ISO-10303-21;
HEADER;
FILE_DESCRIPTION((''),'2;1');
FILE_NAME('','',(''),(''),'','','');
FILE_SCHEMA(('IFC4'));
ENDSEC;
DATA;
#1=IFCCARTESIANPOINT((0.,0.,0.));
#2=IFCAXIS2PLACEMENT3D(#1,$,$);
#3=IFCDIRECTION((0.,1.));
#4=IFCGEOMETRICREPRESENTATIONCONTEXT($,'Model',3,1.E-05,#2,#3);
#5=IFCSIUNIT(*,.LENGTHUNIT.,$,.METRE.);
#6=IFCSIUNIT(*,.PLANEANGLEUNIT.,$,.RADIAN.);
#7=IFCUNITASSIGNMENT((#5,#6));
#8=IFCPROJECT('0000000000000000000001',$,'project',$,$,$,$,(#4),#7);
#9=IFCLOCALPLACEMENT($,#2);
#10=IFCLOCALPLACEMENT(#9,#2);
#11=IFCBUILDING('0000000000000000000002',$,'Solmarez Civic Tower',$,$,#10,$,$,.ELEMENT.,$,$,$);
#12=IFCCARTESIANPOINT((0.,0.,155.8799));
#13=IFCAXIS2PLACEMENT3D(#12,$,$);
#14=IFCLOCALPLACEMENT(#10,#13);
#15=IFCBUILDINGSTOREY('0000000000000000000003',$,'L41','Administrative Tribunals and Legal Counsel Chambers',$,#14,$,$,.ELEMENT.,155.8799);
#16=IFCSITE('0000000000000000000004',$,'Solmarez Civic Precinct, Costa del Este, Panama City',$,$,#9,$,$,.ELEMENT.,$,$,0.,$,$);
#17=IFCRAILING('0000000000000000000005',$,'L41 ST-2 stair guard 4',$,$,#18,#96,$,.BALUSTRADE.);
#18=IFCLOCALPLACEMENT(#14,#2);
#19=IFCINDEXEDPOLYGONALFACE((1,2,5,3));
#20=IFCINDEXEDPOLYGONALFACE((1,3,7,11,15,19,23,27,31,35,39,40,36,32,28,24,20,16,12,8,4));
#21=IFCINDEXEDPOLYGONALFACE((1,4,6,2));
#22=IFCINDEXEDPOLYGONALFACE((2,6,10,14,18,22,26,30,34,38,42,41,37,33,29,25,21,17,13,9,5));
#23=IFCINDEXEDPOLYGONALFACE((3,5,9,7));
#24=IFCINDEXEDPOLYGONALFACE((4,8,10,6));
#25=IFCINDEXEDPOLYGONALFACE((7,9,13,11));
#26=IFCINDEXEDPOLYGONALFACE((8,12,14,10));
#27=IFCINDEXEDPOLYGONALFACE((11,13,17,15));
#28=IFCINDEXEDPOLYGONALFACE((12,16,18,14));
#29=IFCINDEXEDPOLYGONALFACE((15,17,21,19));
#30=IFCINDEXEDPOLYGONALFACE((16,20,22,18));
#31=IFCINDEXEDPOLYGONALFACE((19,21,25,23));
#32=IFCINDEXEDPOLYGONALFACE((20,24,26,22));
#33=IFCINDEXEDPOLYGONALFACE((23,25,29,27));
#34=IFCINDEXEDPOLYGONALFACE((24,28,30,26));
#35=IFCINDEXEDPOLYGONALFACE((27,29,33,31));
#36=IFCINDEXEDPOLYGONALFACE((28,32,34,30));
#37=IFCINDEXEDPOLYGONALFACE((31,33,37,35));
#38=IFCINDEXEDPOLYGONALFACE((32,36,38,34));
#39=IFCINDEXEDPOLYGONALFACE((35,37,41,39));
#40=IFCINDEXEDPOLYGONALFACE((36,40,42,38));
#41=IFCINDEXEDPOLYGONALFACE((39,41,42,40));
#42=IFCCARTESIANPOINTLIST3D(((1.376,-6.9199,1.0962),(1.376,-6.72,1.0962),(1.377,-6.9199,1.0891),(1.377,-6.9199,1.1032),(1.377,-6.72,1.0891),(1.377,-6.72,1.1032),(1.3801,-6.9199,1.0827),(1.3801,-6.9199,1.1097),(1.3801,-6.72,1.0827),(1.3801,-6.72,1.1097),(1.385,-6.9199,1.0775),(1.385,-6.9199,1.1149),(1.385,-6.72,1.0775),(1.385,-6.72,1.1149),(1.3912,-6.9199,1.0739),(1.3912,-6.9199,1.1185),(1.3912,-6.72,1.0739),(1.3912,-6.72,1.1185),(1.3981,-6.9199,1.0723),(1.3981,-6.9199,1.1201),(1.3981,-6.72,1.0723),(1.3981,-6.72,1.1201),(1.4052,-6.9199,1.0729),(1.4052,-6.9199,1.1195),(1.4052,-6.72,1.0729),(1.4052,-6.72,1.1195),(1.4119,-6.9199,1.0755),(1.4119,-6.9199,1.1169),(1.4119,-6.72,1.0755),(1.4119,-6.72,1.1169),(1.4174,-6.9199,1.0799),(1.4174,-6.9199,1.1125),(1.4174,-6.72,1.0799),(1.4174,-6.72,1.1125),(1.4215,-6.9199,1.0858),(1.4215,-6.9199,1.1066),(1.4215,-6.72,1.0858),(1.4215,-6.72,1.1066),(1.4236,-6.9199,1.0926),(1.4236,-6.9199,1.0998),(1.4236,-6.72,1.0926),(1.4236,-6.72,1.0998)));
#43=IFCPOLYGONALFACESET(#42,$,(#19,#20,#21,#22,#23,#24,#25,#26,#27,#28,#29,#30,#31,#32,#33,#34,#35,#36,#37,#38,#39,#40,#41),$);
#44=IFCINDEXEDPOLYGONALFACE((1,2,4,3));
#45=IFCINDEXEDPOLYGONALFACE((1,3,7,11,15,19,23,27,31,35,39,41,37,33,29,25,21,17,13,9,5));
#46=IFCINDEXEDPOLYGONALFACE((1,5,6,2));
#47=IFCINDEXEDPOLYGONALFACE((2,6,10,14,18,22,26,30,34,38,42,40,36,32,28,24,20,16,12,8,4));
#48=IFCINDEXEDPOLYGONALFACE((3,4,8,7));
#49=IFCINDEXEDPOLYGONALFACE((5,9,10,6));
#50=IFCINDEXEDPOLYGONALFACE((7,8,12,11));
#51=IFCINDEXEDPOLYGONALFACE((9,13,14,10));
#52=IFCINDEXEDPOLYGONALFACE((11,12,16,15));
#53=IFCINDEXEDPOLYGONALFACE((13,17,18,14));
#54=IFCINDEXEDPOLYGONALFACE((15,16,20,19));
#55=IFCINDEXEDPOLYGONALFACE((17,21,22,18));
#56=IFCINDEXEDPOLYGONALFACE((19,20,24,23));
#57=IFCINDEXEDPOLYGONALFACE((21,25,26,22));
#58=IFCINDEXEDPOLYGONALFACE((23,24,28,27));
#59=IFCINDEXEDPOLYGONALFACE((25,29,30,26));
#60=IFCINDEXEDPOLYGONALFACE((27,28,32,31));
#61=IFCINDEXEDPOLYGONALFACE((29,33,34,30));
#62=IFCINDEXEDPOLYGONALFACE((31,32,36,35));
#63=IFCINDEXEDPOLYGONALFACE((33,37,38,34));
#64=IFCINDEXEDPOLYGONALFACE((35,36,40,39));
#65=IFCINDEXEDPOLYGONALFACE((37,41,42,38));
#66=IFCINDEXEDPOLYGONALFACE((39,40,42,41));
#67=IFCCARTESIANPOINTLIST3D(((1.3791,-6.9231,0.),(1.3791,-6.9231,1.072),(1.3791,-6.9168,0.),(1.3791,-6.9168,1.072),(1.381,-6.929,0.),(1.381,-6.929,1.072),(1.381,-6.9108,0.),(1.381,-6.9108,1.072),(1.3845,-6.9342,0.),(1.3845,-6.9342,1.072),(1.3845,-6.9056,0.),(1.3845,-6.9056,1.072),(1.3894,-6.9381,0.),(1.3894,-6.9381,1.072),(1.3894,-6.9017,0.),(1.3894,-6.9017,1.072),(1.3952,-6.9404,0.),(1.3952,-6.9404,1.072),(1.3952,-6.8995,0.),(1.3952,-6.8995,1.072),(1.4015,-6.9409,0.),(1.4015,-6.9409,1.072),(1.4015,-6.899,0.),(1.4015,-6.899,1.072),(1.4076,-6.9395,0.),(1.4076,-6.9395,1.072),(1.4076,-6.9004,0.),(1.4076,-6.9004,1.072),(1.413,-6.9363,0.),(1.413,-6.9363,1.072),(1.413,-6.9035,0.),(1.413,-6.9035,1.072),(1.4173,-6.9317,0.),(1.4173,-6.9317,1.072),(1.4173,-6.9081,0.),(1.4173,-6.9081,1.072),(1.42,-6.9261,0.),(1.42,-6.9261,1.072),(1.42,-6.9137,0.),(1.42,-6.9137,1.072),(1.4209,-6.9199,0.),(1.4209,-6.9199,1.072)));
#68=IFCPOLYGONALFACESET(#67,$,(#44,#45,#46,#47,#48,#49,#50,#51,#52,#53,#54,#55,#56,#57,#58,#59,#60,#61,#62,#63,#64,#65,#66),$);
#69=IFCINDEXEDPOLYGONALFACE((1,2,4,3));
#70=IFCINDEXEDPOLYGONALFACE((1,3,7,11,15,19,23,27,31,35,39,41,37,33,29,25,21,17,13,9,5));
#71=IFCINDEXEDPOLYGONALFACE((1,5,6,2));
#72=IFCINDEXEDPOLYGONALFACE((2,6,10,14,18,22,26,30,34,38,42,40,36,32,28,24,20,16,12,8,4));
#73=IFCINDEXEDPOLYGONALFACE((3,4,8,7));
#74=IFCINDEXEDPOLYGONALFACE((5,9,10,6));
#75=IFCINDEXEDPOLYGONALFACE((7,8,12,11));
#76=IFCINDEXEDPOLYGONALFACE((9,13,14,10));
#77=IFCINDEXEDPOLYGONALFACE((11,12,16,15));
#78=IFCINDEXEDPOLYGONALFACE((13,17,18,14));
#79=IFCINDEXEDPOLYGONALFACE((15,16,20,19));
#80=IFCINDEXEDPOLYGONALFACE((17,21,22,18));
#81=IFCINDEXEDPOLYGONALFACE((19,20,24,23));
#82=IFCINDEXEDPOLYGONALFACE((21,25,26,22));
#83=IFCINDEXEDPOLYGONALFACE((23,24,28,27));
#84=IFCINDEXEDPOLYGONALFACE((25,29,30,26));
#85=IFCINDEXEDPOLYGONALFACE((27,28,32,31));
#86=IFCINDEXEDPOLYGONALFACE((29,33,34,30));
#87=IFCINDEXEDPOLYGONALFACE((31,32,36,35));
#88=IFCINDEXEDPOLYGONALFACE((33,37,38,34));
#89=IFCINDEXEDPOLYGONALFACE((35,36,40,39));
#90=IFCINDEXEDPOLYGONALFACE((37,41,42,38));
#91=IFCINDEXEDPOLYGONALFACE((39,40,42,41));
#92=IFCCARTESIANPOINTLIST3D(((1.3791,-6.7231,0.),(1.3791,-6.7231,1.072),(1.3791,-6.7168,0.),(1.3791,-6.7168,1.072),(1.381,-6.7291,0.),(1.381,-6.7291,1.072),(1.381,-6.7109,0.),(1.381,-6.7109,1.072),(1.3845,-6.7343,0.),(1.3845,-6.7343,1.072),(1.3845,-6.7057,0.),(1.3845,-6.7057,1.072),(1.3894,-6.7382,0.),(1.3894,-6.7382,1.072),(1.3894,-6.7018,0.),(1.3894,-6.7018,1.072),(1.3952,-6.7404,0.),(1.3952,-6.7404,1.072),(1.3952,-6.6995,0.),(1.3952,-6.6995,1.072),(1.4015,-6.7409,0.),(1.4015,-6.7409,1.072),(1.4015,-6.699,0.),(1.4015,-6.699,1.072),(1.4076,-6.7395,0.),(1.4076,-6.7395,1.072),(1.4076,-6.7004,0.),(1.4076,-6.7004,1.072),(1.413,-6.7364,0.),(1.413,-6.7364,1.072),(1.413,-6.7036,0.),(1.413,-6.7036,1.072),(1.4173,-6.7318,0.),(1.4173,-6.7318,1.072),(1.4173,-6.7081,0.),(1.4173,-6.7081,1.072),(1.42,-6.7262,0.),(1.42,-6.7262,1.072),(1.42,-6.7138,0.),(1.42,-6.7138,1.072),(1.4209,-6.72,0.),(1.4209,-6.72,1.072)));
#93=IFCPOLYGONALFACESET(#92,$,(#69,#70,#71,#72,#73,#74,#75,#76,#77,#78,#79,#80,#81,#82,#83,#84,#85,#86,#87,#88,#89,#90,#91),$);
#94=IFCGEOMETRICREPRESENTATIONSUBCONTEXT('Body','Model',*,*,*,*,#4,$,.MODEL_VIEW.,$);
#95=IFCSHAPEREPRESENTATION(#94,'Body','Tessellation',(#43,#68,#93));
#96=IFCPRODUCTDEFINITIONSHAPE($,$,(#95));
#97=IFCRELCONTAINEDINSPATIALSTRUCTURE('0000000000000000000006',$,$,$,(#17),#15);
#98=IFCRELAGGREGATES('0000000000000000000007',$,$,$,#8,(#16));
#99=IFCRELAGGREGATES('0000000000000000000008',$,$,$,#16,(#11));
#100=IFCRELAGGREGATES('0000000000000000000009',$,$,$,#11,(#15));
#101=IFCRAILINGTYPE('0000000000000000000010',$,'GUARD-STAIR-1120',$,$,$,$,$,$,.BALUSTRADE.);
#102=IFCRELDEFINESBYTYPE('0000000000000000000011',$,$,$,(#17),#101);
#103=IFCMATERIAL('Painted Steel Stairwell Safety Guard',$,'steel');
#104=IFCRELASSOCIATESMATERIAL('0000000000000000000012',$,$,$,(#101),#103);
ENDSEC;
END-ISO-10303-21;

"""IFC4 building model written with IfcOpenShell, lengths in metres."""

from ifc_helpers import new_model, si_unit, direction, frame, origin, origin_2d, place, context, subcontext, project, spatial, circle, extrude, material, type_object, element, save


model = new_model("IFC4")

# Units and contexts
model_context = context("Model", 3, precision=1e-05, world=origin(), true_north=direction((0.0, 1.0)))
body_context = subcontext(model_context, "Body", "Model", "MODEL_VIEW")
ifc_project = project(units=[si_unit("LENGTHUNIT", "METRE"), si_unit("PLANEANGLEUNIT", "RADIAN")], contexts=[model_context])

# Site, building, storey
site_placement = place(None, origin())
site = spatial("IfcSite", under=ifc_project, at=site_placement, Name="Solmarez Civic Precinct, Costa del Este, Panama City", CompositionType="ELEMENT", RefElevation=0.0)
building_placement = place(site_placement, origin())
building = spatial("IfcBuilding", under=site, at=building_placement, Name="Solmarez Civic Tower", CompositionType="ELEMENT")
storey_placement = place(building_placement, frame((0.0, 0.0, 155.8799)))
storey = spatial("IfcBuildingStorey", under=building, at=storey_placement, Name="L41", Description="Administrative Tribunals and Legal Counsel Chambers", CompositionType="ELEMENT", Elevation=155.8799)

# Railing
ifc_material_1 = material(Name="Painted Steel Stairwell Safety Guard", Category="steel")
railing_type_1 = type_object("IfcRailingType", Name="GUARD-STAIR-1120", PredefinedType="BALUSTRADE", material=ifc_material_1)
railing_1_placement = place(storey_placement, frame((1.3999, -6.9199, 0.0)))
element("IfcRailing", 1, at=railing_1_placement, inside=storey, type_object=railing_type_1, Name="L41 ST-2 stair guard 4", PredefinedType="BALUSTRADE", context=body_context, shape_type="SweptSolid", body=[
    extrude(circle(Radius=0.0239, at=origin_2d()), frame((0.0, 0.0, 1.0962), z_axis=(0.0, 1.0, 0.0), x_axis=(-1.0, 0.0, 0.0)), (0.0, 0.0, 1.0), 0.2),
    extrude(circle(Radius=0.021, at=origin_2d()), origin(), (0.0, 0.0, 1.0), 1.072),
    extrude(circle(Radius=0.021, at=origin_2d()), frame((0.0, 0.2, 0.0)), (0.0, 0.0, 1.0), 1.072),
])

save(model, "model.ifc")
